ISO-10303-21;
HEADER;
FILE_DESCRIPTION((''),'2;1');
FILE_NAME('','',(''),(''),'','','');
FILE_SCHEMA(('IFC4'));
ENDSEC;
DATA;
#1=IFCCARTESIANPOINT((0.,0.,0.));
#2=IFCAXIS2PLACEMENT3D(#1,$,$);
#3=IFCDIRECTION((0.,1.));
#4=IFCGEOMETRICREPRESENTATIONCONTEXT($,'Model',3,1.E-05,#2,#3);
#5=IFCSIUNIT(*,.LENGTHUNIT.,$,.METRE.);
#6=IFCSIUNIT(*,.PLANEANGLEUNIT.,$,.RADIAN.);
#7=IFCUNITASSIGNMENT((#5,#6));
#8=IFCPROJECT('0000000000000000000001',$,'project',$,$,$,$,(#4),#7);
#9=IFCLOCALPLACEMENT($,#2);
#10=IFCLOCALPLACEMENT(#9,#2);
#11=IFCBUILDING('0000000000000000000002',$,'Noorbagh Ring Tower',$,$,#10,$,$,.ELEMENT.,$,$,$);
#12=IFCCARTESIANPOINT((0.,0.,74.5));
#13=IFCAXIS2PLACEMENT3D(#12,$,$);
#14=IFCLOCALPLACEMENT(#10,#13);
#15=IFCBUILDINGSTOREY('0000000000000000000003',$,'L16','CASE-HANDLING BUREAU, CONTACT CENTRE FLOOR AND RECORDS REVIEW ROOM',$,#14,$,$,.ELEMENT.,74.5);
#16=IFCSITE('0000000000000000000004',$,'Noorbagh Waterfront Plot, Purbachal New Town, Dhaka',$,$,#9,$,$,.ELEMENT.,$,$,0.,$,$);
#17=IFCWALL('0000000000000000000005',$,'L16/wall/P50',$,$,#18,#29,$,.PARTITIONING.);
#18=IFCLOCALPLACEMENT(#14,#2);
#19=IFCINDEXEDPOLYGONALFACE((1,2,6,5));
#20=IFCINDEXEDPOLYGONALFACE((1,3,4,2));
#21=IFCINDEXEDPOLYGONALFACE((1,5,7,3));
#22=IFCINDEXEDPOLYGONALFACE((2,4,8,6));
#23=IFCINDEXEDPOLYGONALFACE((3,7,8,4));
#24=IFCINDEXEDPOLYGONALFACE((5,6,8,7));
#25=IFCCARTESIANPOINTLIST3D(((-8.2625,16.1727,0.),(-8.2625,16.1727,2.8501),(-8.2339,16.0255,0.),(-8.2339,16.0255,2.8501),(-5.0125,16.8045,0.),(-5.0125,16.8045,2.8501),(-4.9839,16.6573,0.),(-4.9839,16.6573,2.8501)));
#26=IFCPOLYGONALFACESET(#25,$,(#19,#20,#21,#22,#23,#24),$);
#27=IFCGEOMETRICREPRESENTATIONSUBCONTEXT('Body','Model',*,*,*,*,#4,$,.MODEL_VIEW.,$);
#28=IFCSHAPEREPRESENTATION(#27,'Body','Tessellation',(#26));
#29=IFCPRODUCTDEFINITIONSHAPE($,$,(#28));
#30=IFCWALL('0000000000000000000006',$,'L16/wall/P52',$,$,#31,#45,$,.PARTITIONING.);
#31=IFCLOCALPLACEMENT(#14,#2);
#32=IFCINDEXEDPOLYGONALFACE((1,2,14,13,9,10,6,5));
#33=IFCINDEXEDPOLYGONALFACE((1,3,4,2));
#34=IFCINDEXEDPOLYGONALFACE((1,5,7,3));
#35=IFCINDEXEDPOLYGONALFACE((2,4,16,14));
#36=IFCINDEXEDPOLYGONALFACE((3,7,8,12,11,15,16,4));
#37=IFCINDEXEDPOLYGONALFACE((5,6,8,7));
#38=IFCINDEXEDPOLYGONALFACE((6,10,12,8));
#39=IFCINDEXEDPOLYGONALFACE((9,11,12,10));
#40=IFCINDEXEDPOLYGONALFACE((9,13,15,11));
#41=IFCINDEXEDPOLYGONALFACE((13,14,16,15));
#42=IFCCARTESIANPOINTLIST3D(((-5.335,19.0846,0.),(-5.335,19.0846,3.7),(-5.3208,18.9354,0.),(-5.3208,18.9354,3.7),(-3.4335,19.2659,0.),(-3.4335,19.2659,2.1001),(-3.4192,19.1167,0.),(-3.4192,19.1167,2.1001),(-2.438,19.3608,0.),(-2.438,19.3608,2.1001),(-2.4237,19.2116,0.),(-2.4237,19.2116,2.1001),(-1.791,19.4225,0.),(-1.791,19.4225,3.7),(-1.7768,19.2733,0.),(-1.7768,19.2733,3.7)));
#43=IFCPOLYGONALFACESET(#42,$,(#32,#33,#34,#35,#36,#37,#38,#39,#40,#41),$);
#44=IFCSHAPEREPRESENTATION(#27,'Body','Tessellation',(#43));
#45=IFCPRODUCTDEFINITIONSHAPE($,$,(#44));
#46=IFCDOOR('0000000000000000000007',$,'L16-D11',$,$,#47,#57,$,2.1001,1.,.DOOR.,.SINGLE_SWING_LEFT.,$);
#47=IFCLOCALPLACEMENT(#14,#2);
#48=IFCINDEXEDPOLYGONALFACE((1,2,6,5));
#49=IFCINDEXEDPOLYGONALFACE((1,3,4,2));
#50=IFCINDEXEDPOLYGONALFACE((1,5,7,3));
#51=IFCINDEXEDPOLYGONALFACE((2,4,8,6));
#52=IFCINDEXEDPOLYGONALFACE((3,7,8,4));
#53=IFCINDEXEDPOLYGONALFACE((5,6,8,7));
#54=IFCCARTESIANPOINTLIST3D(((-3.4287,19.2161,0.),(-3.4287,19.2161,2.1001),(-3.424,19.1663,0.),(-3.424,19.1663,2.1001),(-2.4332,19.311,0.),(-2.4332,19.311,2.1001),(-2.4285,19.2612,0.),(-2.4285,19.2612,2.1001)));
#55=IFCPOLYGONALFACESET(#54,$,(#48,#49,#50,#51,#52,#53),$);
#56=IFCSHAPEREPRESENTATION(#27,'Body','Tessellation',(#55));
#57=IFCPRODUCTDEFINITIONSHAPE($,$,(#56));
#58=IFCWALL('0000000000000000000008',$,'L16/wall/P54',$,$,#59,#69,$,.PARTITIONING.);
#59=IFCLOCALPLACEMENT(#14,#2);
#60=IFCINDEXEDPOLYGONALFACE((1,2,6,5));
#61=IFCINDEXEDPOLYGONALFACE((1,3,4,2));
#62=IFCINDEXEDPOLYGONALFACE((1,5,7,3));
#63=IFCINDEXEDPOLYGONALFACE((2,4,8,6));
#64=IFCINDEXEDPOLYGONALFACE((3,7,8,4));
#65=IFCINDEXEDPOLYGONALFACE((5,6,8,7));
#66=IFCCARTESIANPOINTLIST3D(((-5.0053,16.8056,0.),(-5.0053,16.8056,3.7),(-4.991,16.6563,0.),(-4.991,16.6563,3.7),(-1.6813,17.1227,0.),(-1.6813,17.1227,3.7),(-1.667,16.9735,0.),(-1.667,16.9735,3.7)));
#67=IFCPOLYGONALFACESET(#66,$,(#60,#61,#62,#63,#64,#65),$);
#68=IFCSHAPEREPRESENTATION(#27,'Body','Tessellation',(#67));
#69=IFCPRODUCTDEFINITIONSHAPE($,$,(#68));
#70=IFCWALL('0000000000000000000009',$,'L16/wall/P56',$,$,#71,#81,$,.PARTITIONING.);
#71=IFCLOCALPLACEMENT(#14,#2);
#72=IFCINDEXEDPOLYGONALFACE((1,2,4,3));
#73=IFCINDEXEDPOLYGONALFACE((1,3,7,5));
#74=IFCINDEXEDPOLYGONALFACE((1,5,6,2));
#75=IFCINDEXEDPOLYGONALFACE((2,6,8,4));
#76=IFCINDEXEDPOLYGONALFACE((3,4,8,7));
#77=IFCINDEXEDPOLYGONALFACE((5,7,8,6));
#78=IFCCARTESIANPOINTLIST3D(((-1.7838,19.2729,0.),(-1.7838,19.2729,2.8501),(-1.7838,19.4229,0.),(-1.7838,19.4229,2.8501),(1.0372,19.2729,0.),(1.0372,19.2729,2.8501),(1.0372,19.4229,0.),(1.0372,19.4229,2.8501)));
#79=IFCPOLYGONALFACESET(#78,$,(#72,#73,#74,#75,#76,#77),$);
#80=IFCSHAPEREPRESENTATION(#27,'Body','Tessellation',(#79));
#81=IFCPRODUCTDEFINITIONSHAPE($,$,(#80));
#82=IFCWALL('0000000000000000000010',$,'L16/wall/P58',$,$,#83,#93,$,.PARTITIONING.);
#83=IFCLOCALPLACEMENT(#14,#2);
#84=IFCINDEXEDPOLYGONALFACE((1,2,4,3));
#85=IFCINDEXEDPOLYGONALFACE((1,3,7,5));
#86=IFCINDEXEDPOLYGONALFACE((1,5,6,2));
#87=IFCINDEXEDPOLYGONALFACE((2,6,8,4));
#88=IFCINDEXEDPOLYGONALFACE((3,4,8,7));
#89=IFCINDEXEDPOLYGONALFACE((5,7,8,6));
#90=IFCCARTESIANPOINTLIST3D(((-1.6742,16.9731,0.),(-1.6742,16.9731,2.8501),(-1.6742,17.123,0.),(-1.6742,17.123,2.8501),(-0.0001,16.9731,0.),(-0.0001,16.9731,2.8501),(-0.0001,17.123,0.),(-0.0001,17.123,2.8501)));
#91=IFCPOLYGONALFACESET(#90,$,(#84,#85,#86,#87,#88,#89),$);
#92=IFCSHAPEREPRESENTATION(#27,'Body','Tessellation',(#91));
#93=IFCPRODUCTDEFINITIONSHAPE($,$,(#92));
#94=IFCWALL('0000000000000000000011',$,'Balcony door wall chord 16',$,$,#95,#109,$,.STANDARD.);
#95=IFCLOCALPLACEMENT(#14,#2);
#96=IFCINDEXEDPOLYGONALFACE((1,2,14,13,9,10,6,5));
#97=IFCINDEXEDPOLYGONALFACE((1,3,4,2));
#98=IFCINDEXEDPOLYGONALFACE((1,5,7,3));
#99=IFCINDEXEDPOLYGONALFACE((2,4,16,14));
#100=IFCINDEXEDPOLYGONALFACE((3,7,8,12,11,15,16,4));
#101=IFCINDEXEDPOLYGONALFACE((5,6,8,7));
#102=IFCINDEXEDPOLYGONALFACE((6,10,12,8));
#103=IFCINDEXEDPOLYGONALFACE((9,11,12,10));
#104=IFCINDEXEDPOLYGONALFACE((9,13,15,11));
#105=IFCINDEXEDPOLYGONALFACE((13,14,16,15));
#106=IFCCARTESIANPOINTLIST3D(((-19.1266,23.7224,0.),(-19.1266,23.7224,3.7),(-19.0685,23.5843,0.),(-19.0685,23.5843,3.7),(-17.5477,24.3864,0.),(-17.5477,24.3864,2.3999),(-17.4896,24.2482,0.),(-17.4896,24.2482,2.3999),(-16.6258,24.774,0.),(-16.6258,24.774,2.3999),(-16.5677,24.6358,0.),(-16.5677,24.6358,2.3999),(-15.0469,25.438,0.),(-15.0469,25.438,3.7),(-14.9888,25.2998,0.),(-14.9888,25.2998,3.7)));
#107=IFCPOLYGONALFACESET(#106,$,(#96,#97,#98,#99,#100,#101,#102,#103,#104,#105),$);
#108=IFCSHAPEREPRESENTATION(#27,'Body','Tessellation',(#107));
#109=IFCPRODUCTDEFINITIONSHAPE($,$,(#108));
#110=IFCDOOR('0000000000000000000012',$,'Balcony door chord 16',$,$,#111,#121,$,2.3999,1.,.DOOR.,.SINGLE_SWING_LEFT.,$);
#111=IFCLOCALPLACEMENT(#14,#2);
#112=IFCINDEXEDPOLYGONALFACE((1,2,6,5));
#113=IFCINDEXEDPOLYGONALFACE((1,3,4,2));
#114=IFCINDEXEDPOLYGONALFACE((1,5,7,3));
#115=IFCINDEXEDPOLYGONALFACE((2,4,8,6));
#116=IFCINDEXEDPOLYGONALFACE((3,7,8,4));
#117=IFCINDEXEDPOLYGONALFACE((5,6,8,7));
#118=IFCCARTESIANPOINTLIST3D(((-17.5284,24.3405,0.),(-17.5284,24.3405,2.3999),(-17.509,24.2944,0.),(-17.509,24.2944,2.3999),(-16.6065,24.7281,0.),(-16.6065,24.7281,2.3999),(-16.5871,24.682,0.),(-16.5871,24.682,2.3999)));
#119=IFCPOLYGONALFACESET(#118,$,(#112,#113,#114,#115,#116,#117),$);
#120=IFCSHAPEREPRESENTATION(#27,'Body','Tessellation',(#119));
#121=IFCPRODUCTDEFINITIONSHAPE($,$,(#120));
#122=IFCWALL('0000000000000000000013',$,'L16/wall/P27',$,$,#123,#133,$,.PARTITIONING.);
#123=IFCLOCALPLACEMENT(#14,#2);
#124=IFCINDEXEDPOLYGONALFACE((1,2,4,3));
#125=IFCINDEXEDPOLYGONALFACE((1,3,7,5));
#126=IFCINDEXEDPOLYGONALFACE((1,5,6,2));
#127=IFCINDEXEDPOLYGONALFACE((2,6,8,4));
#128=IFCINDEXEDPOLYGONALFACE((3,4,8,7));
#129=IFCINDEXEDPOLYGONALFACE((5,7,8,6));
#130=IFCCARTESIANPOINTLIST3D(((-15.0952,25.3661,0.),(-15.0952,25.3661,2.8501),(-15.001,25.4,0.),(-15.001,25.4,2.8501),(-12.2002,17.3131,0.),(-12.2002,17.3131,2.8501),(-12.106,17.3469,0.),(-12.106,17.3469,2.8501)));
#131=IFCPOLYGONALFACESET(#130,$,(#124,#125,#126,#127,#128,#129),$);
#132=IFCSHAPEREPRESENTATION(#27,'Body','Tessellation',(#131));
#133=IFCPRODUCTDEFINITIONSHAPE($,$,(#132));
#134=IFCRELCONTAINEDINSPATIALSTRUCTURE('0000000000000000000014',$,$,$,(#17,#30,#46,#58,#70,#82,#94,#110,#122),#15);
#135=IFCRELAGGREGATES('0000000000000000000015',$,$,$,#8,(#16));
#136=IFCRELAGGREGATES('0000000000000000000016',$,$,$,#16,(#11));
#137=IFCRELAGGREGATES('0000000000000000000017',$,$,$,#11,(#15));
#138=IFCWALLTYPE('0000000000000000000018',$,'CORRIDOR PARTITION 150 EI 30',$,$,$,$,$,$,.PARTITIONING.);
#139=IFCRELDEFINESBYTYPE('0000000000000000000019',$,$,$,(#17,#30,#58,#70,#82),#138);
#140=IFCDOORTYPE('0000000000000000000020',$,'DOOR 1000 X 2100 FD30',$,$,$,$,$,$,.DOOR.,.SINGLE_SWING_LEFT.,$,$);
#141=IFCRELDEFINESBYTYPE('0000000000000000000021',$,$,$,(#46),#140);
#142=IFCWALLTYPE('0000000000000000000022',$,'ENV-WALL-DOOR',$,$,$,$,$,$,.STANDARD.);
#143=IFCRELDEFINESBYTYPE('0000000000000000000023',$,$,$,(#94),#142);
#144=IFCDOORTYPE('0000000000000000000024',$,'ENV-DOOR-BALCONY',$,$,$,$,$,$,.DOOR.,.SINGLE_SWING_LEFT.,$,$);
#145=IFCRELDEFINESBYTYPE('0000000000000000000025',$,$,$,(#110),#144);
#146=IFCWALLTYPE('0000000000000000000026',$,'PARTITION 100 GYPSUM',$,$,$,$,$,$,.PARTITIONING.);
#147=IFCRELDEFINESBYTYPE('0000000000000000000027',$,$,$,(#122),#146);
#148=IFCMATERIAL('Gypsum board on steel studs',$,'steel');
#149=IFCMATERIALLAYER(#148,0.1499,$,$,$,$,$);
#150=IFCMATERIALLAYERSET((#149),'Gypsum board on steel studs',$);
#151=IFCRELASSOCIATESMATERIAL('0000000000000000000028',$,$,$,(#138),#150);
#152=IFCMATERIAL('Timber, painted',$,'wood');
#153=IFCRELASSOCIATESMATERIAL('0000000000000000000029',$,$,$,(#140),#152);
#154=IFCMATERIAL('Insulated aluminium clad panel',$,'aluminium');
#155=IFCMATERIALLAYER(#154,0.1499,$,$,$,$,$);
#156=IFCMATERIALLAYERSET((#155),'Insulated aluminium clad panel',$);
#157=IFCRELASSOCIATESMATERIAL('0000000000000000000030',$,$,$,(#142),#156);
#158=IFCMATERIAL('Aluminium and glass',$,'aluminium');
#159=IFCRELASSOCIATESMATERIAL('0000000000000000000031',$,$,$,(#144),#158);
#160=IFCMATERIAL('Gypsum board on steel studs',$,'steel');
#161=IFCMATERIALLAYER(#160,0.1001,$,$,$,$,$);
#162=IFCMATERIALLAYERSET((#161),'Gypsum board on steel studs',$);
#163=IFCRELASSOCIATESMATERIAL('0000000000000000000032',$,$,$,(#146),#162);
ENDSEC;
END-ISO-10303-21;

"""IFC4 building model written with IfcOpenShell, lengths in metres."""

from ifc_helpers import new_model, si_unit, direction, frame, frame_2d, origin, place, context, subcontext, project, spatial, rectangle, extrude, material, layer, layer_set, type_object, element, fill, save


model = new_model("IFC4")

# Units and contexts
model_context = context("Model", 3, precision=1e-05, world=origin(), true_north=direction((0.0, 1.0)))
body_context = subcontext(model_context, "Body", "Model", "MODEL_VIEW")
ifc_project = project(units=[si_unit("LENGTHUNIT", "METRE"), si_unit("PLANEANGLEUNIT", "RADIAN")], contexts=[model_context])

# Site, building, storey
site_placement = place(None, origin())
site = spatial("IfcSite", under=ifc_project, at=site_placement, Name="Noorbagh Waterfront Plot, Purbachal New Town, Dhaka", CompositionType="ELEMENT", RefElevation=0.0)
building_placement = place(site_placement, origin())
building = spatial("IfcBuilding", under=site, at=building_placement, Name="Noorbagh Ring Tower", CompositionType="ELEMENT")
storey_placement = place(building_placement, frame((0.0, 0.0, 74.5)))
storey = spatial("IfcBuildingStorey", under=building, at=storey_placement, Name="L16", Description="CASE-HANDLING BUREAU, CONTACT CENTRE FLOOR AND RECORDS REVIEW ROOM", CompositionType="ELEMENT", Elevation=74.5)

# Shared definitions
ifc_material_1 = material(Name="Gypsum board on steel studs", Category="steel")
ifc_layer_1 = layer(ifc_material_1, 0.1499)
ifc_layer_set_1 = layer_set([ifc_layer_1], Name="Gypsum board on steel studs")
wall_type_1 = type_object("IfcWallType", Name="CORRIDOR PARTITION 150 EI 30", PredefinedType="PARTITIONING", material=ifc_layer_set_1)
ifc_material_2 = material(Name="Timber, painted", Category="wood")
door_type_1 = type_object("IfcDoorType", Name="DOOR 1000 X 2100 FD30", OperationType="SINGLE_SWING_LEFT", PredefinedType="DOOR", material=ifc_material_2)

# Wall
wall_1_placement = place(storey_placement, frame((-8.248, 16.0991, 0.0), z_axis=(0.0, 0.0, 1.0), x_axis=(0.981622, 0.190838, 0.0)))
element("IfcWall", 1, at=wall_1_placement, inside=storey, type_object=wall_type_1, Name="L16/wall/P50", PredefinedType="PARTITIONING", context=body_context, shape_type="SweptSolid", body=[
    extrude(rectangle(XDim=3.3108, YDim=0.1499, at=frame_2d((1.6553, 0.0))), origin(), (0.0, 0.0, 1.0), 2.8501),
])

# Wall, opening, door
wall_2_placement = place(storey_placement, frame((-5.3279, 19.01, 0.0), z_axis=(0.0, 0.0, 1.0), x_axis=(0.995486, 0.094913, 0.0)))
wall_2 = element("IfcWall", 2, at=wall_2_placement, inside=storey, type_object=wall_type_1, Name="L16/wall/P52", PredefinedType="PARTITIONING", context=body_context, shape_type="SweptSolid", body=[
    extrude(rectangle(XDim=3.5601, YDim=0.1499, at=frame_2d((1.78, 0.0))), origin(), (0.0, 0.0, 1.0), 3.7),
])
opening_1_placement = place(wall_2_placement, frame((1.9102, 0.0, 0.0)))
opening_1 = element("IfcOpeningElement", 3, at=opening_1_placement, cuts=wall_2, PredefinedType="OPENING", context=body_context, shape_type="SweptSolid", body=[
    extrude(rectangle(XDim=1.0, YDim=2.1001, at=frame_2d((0.5, 1.05))), frame((0.0, 0.085, 0.0), z_axis=(0.0, -1.0, 0.0), x_axis=(1.0, 0.0, 0.0)), (0.0, 0.0, 1.0), 0.1699),
])
door_1_placement = place(opening_1_placement, origin())
door_1 = element("IfcDoor", 4, at=door_1_placement, inside=storey, type_object=door_type_1, Name="L16-D11", OperationType="SINGLE_SWING_LEFT", OverallHeight=2.1001, OverallWidth=1.0, PredefinedType="DOOR", context=body_context, shape_type="SweptSolid", body=[
    extrude(rectangle(XDim=1.0, YDim=2.1001, at=frame_2d((0.5, 1.05))), frame((0.0, 0.0249, 0.0), z_axis=(0.0, -1.0, 0.0), x_axis=(1.0, 0.0, 0.0)), (0.0, 0.0, 1.0), 0.05),
])
fill(opening_1, door_1)

# Walls
wall_3_placement = place(storey_placement, frame((-4.998, 16.731, 0.0), z_axis=(0.0, 0.0, 1.0), x_axis=(0.995479, 0.094978, 0.0)))
element("IfcWall", 5, at=wall_3_placement, inside=storey, type_object=wall_type_1, Name="L16/wall/P54", PredefinedType="PARTITIONING", context=body_context, shape_type="SweptSolid", body=[
    extrude(rectangle(XDim=3.3391, YDim=0.1499, at=frame_2d((1.6694, 0.0))), origin(), (0.0, 0.0, 1.0), 3.7),
])
wall_4_placement = place(storey_placement, frame((-1.7839, 19.3479, 0.0), z_axis=(0.0, 0.0, 1.0), x_axis=(1.0, 0.0, 0.0)))
element("IfcWall", 6, at=wall_4_placement, inside=storey, type_object=wall_type_1, Name="L16/wall/P56", PredefinedType="PARTITIONING", context=body_context, shape_type="SweptSolid", body=[
    extrude(rectangle(XDim=2.821, YDim=0.1499, at=frame_2d((1.4106, 0.0))), origin(), (0.0, 0.0, 1.0), 2.8501),
])
wall_5_placement = place(storey_placement, frame((-1.6741, 17.0481, 0.0), z_axis=(0.0, 0.0, 1.0), x_axis=(1.0, 0.0, 0.0)))
element("IfcWall", 7, at=wall_5_placement, inside=storey, type_object=wall_type_1, Name="L16/wall/P58", PredefinedType="PARTITIONING", context=body_context, shape_type="SweptSolid", body=[
    extrude(rectangle(XDim=1.6741, YDim=0.1499, at=frame_2d((0.8369, 0.0))), origin(), (0.0, 0.0, 1.0), 2.8501),
])

# Wall, opening, door
ifc_material_3 = material(Name="Insulated aluminium clad panel", Category="aluminium")
ifc_layer_2 = layer(ifc_material_3, 0.1499)
ifc_layer_set_2 = layer_set([ifc_layer_2], Name="Insulated aluminium clad panel")
wall_type_2 = type_object("IfcWallType", Name="ENV-WALL-DOOR", PredefinedType="STANDARD", material=ifc_layer_set_2)
wall_6_placement = place(storey_placement, frame((-15.0178, 25.3689, 0.0), z_axis=(0.0, 0.0, 1.0), x_axis=(-0.921817, -0.387625, 0.0)))
wall_6 = element("IfcWall", 8, at=wall_6_placement, inside=storey, type_object=wall_type_2, Name="Balcony door wall chord 16", PredefinedType="STANDARD", context=body_context, shape_type="SweptSolid", body=[
    extrude(rectangle(XDim=4.4258, YDim=0.1499, at=frame_2d((2.2129, 0.0))), origin(), (0.0, 0.0, 1.0), 3.7),
])
opening_2_placement = place(wall_6_placement, frame((1.7129, 0.0, 0.0)))
opening_2 = element("IfcOpeningElement", 9, at=opening_2_placement, cuts=wall_6, PredefinedType="OPENING", context=body_context, shape_type="SweptSolid", body=[
    extrude(rectangle(XDim=1.0, YDim=2.3999, at=frame_2d((0.5, 1.2))), frame((0.0, 0.085, 0.0), z_axis=(0.0, -1.0, 0.0), x_axis=(1.0, 0.0, 0.0)), (0.0, 0.0, 1.0), 0.1699),
])
ifc_material_4 = material(Name="Aluminium and glass", Category="aluminium")
door_type_2 = type_object("IfcDoorType", Name="ENV-DOOR-BALCONY", OperationType="SINGLE_SWING_LEFT", PredefinedType="DOOR", material=ifc_material_4)
door_2_placement = place(opening_2_placement, origin())
door_2 = element("IfcDoor", 10, at=door_2_placement, inside=storey, type_object=door_type_2, Name="Balcony door chord 16", OperationType="SINGLE_SWING_LEFT", OverallHeight=2.3999, OverallWidth=1.0, PredefinedType="DOOR", context=body_context, shape_type="SweptSolid", body=[
    extrude(rectangle(XDim=1.0, YDim=2.3999, at=frame_2d((0.5, 1.2))), frame((0.0, 0.0249, 0.0), z_axis=(0.0, -1.0, 0.0), x_axis=(1.0, 0.0, 0.0)), (0.0, 0.0, 1.0), 0.05),
])
fill(opening_2, door_2)

# Wall
ifc_material_5 = material(Name="Gypsum board on steel studs", Category="steel")
ifc_layer_3 = layer(ifc_material_5, 0.1001)
ifc_layer_set_3 = layer_set([ifc_layer_3], Name="Gypsum board on steel studs")
wall_type_3 = type_object("IfcWallType", Name="PARTITION 100 GYPSUM", PredefinedType="PARTITIONING", material=ifc_layer_set_3)
wall_7_placement = place(storey_placement, frame((-15.0481, 25.3831, 0.0), z_axis=(0.0, 0.0, 1.0), x_axis=(0.3383, -0.941038, 0.0)))
element("IfcWall", 11, at=wall_7_placement, inside=storey, type_object=wall_type_3, Name="L16/wall/P27", PredefinedType="PARTITIONING", context=body_context, shape_type="SweptSolid", body=[
    extrude(rectangle(XDim=8.5576, YDim=0.1001, at=frame_2d((4.2788, 0.0))), origin(), (0.0, 0.0, 1.0), 2.8501),
])

save(model, "model.ifc")
